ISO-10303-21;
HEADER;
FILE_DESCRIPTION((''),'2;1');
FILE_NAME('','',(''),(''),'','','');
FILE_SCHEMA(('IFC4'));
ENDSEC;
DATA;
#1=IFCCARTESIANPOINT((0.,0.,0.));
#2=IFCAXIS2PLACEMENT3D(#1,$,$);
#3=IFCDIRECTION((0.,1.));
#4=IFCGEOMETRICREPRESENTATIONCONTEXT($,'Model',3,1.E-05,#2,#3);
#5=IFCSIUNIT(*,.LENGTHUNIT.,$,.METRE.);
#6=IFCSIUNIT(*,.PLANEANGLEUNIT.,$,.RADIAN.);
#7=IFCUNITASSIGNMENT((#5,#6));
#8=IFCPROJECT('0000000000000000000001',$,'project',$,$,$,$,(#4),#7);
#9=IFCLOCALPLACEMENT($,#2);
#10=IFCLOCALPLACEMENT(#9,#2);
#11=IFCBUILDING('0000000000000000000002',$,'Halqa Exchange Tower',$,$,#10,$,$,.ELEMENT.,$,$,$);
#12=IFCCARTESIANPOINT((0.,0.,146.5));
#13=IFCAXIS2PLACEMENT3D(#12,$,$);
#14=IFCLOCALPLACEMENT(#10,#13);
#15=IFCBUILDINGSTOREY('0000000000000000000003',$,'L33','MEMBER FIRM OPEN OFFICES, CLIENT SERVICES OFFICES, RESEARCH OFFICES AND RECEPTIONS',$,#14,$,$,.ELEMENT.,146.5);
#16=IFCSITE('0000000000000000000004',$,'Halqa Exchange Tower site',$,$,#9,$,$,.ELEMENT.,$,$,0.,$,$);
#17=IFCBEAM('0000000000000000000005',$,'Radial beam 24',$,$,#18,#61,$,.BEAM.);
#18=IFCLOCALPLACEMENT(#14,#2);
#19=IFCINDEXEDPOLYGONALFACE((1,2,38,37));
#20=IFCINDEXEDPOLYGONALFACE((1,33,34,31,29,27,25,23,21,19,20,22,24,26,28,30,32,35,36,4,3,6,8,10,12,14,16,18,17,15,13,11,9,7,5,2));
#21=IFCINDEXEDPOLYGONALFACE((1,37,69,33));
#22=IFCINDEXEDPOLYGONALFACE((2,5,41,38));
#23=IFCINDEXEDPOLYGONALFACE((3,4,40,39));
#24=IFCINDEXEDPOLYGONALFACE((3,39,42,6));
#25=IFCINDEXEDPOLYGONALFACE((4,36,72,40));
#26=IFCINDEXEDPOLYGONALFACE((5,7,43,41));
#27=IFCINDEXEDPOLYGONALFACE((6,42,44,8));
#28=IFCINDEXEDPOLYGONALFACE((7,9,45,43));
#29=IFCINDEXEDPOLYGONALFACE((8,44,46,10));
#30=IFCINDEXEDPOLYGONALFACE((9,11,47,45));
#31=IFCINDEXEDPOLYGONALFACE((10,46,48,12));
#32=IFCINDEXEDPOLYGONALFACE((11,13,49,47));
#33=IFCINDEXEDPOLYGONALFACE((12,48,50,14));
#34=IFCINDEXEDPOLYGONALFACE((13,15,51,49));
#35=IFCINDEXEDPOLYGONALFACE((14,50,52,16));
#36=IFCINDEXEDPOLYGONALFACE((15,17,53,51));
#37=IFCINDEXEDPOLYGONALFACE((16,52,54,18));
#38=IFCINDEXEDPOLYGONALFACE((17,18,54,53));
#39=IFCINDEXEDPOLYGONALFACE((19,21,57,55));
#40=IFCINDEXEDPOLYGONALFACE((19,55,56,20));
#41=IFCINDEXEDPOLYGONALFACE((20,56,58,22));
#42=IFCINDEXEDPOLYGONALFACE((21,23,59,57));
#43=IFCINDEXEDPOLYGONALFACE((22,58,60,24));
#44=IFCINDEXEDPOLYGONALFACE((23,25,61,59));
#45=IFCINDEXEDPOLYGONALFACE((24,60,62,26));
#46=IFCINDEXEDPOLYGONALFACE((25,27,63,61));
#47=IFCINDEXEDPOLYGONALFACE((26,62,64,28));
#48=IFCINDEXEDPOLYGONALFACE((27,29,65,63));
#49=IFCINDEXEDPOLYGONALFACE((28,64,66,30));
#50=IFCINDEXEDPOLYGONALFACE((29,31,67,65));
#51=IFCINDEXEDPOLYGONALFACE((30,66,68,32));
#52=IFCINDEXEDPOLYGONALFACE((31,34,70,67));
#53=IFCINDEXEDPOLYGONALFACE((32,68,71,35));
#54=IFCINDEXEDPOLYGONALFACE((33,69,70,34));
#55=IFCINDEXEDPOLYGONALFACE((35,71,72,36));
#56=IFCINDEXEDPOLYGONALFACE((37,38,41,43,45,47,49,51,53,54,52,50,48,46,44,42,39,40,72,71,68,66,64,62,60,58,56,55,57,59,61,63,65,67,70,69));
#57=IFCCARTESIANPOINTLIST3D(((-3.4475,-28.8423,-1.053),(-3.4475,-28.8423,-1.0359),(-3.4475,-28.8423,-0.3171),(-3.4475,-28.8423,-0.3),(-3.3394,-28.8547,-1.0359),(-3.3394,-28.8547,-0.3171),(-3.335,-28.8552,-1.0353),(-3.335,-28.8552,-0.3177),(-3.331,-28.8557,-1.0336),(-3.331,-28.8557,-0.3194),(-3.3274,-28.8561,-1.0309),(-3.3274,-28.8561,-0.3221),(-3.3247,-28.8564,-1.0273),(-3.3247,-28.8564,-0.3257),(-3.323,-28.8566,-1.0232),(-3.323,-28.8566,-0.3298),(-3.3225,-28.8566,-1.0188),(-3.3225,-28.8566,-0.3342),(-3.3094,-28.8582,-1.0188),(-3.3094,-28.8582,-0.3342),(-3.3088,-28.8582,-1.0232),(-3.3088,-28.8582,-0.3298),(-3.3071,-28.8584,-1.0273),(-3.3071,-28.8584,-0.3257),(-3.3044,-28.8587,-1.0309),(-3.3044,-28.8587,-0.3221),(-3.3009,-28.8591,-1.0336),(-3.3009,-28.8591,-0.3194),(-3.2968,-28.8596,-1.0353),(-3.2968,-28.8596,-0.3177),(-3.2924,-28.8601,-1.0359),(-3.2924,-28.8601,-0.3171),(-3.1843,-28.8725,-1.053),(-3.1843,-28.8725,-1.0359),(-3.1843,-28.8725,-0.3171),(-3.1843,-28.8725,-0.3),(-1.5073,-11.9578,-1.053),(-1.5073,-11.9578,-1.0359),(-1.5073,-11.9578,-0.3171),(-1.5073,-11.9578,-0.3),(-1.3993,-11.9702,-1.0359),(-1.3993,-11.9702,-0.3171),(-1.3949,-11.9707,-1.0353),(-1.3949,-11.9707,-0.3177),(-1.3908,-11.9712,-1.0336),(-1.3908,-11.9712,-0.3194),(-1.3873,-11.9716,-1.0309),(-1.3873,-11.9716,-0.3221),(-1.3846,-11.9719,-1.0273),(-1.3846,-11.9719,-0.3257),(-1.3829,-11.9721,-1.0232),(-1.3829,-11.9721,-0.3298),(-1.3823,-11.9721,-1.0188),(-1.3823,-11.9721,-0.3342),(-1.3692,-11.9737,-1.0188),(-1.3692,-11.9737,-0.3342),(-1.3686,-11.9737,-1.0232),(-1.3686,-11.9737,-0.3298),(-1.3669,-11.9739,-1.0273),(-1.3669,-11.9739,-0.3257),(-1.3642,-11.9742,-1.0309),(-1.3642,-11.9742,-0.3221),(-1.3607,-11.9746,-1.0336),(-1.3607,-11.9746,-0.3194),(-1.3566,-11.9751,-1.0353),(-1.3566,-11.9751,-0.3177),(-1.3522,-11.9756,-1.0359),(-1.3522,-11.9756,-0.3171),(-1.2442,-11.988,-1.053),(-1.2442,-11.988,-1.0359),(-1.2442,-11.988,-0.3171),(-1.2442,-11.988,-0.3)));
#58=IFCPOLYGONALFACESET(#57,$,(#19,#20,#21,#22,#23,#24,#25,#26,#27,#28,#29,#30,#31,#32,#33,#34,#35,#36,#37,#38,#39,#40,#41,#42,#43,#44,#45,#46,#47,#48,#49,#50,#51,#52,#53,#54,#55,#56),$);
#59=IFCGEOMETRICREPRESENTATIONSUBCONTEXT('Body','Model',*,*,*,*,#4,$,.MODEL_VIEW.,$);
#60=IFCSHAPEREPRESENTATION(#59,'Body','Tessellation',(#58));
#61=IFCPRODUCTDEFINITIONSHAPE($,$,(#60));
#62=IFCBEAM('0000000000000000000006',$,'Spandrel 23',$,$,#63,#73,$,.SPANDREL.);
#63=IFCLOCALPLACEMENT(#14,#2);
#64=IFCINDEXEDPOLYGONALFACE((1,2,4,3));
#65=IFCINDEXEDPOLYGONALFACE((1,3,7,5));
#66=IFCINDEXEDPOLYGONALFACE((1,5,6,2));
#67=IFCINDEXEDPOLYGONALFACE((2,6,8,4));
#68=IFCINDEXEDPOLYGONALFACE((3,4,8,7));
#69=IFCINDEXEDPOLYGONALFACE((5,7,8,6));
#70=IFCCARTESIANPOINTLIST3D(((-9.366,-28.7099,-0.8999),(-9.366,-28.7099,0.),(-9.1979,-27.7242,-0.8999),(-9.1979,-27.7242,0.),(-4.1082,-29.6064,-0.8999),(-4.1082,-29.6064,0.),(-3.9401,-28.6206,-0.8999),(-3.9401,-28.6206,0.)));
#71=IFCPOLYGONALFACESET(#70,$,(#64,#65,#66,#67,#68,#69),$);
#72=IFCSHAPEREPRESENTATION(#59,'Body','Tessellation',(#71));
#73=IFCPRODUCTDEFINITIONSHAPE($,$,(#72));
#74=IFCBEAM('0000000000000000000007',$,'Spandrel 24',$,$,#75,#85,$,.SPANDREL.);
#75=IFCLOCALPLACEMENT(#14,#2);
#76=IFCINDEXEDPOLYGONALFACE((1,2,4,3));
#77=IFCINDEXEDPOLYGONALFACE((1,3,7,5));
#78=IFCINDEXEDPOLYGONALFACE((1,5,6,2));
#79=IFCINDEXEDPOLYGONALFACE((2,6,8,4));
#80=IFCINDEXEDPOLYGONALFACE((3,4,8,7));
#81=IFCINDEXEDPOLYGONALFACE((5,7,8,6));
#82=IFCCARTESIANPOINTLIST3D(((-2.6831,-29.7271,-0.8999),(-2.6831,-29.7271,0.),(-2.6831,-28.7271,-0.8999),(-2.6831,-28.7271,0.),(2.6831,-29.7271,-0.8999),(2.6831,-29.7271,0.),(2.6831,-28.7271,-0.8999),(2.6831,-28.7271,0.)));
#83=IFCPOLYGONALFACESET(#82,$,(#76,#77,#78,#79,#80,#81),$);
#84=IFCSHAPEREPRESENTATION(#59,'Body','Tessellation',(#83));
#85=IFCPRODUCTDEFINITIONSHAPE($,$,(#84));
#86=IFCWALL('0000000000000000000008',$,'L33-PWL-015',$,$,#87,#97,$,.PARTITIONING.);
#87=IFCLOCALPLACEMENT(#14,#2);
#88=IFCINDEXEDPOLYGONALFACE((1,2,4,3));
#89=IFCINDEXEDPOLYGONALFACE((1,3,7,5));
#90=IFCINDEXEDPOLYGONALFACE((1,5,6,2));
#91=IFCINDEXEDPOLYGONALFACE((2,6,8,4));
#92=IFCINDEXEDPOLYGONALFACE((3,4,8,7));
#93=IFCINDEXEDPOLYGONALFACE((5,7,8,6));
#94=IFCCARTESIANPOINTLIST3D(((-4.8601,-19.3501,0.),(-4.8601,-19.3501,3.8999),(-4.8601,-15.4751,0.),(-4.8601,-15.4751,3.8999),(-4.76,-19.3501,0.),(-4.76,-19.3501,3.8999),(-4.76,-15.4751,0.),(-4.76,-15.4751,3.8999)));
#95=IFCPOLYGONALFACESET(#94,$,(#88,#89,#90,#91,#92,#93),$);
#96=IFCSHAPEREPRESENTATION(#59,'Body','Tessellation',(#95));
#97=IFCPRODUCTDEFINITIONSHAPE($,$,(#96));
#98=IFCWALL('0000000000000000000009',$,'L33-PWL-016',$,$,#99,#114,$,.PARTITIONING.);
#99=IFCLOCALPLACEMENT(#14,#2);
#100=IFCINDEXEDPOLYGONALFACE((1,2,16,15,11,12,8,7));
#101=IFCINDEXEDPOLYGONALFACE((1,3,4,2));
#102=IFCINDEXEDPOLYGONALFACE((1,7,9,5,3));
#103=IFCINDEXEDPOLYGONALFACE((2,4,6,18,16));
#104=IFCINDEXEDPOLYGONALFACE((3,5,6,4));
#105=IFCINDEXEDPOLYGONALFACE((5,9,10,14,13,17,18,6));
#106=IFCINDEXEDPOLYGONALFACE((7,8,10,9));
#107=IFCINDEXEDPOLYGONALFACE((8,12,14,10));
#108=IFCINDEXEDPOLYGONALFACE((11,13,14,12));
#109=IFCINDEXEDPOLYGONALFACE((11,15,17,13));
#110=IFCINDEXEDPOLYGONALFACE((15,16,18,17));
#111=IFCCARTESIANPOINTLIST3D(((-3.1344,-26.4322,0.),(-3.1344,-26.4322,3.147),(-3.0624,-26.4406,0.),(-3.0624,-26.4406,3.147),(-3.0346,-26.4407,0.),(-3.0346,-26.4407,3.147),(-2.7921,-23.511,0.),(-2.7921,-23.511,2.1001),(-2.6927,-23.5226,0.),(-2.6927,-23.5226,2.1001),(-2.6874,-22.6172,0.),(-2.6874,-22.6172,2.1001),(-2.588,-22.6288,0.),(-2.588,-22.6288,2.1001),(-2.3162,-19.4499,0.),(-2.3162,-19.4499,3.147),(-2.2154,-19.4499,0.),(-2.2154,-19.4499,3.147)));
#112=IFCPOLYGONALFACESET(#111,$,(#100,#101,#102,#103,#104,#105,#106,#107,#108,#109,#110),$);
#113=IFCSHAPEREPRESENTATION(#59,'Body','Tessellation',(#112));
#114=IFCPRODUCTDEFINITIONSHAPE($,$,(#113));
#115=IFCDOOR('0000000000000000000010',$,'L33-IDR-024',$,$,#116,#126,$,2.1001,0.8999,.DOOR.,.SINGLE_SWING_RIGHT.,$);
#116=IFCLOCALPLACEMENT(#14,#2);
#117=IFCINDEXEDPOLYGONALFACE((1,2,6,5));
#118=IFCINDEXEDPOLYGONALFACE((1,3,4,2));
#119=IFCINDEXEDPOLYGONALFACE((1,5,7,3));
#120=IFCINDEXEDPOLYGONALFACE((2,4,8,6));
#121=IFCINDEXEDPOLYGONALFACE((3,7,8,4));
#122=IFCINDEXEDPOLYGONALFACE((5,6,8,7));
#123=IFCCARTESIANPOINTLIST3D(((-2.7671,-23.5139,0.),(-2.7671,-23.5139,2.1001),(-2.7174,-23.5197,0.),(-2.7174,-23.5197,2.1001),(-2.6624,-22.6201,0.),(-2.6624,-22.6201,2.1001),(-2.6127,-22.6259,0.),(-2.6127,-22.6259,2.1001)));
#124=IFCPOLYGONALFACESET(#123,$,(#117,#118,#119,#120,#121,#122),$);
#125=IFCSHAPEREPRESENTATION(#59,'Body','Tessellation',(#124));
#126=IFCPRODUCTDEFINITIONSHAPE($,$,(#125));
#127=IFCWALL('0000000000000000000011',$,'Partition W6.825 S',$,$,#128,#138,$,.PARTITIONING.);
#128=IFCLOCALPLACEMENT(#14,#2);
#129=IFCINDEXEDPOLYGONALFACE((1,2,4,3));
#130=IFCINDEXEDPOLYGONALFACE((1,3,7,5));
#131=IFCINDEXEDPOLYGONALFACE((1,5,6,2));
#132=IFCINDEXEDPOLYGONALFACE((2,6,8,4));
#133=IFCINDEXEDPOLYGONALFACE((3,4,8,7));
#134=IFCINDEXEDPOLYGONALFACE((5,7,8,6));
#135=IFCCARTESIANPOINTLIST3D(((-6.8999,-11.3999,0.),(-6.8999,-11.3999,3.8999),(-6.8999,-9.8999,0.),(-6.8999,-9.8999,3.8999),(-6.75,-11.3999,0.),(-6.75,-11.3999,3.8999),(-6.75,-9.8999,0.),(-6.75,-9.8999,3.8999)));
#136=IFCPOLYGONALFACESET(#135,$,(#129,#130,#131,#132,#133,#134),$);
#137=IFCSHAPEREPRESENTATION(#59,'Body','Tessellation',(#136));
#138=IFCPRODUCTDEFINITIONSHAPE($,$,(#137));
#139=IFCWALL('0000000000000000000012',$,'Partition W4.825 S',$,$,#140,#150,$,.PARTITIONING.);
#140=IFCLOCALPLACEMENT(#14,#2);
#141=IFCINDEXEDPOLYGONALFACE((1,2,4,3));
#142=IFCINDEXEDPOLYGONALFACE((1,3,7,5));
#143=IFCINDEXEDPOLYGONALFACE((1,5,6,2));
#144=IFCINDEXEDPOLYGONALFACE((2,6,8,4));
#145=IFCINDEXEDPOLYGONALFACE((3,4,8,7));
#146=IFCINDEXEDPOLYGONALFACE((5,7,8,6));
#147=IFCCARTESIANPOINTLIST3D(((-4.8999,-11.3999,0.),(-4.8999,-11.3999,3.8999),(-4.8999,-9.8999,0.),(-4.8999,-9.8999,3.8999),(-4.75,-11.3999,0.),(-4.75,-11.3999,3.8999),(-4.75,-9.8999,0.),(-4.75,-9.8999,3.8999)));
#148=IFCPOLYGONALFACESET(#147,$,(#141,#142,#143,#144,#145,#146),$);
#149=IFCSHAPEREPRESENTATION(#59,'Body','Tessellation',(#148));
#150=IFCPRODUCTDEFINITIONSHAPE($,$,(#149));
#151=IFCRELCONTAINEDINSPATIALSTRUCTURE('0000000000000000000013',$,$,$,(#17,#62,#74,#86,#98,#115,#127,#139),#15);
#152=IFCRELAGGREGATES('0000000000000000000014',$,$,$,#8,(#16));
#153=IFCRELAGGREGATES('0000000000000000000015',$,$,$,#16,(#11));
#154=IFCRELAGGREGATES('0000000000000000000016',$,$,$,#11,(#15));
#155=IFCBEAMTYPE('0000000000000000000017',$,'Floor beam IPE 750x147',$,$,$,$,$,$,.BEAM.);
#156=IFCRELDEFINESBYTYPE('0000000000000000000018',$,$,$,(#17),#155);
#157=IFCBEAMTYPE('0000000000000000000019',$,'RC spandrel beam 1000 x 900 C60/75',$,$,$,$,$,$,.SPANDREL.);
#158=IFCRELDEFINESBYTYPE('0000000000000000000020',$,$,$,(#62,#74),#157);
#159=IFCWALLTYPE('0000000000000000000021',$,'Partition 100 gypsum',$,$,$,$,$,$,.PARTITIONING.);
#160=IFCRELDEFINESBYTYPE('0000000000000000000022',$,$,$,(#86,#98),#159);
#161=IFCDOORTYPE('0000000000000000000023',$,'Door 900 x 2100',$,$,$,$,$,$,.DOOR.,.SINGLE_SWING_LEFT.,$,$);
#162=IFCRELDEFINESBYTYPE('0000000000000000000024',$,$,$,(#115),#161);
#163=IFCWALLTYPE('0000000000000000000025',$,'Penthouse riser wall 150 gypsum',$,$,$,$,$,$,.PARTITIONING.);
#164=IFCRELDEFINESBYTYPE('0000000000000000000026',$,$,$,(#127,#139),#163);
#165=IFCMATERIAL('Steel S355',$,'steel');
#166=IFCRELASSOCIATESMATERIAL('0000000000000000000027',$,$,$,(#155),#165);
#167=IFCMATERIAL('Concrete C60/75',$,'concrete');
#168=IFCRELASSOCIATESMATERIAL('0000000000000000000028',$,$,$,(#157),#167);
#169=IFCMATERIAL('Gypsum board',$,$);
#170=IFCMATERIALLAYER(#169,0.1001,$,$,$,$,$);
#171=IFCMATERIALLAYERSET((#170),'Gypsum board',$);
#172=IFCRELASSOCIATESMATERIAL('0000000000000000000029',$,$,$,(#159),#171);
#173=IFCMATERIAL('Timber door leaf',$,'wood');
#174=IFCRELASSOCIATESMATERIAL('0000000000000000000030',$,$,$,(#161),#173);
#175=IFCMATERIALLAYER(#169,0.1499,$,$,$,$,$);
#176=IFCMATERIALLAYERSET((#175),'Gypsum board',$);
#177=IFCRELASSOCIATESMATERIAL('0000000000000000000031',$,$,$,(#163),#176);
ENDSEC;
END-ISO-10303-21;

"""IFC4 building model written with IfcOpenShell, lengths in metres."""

from ifc_helpers import new_model, si_unit, direction, frame, frame_2d, origin, origin_2d, place, context, subcontext, project, spatial, polyline, rectangle, i_section, outline, extrude, material, layer, layer_set, material_profile, profile_set, type_object, element, fill, save


model = new_model("IFC4")

# Units and contexts
model_context = context("Model", 3, precision=1e-05, world=origin(), true_north=direction((0.0, 1.0)))
body_context = subcontext(model_context, "Body", "Model", "MODEL_VIEW")
ifc_project = project(units=[si_unit("LENGTHUNIT", "METRE"), si_unit("PLANEANGLEUNIT", "RADIAN")], contexts=[model_context])

# Site, building, storey
site_placement = place(None, origin())
site = spatial("IfcSite", under=ifc_project, at=site_placement, Name="Halqa Exchange Tower site", CompositionType="ELEMENT", RefElevation=0.0)
building_placement = place(site_placement, origin())
building = spatial("IfcBuilding", under=site, at=building_placement, Name="Halqa Exchange Tower", CompositionType="ELEMENT")
storey_placement = place(building_placement, frame((0.0, 0.0, 146.5)))
storey = spatial("IfcBuildingStorey", under=building, at=storey_placement, Name="L33", Description="MEMBER FIRM OPEN OFFICES, CLIENT SERVICES OFFICES, RESEARCH OFFICES AND RECEPTIONS", CompositionType="ELEMENT", Elevation=146.5)

# Beams
ifc_material_1 = material(Name="Steel S355", Category="steel")
ifc_material_profile_1 = material_profile(ifc_material_1, i_section(OverallWidth=0.2649, OverallDepth=0.7529, WebThickness=0.0132, FlangeThickness=0.0171, FilletRadius=0.0171, at=origin_2d()), Name="IPE 750x147")
ifc_profile_set_1 = profile_set([ifc_material_profile_1], Name="Steel S355")
beam_type_1 = type_object("IfcBeamType", Name="Floor beam IPE 750x147", PredefinedType="BEAM", material=ifc_profile_set_1)
beam_1_placement = place(storey_placement, frame((-1.3757, -11.9729, -0.6765), z_axis=(-0.114158, -0.993463, 0.0), x_axis=(0.993463, -0.114158, 0.0)))
element("IfcBeam", 1, at=beam_1_placement, inside=storey, type_object=beam_type_1, Name="Radial beam 24", PredefinedType="BEAM", context=body_context, shape_type="SweptSolid", body=[
    extrude(i_section(OverallWidth=0.2649, OverallDepth=0.7529, WebThickness=0.0132, FlangeThickness=0.0171, FilletRadius=0.0171, at=origin_2d()), origin(), (0.0, 0.0, 1.0), 16.9956),
])
ifc_material_2 = material(Name="Concrete C60/75", Category="concrete")
ifc_material_profile_2 = material_profile(ifc_material_2, rectangle(XDim=1.0, YDim=0.8999, at=origin_2d()), Name="1000 x 900")
ifc_profile_set_2 = profile_set([ifc_material_profile_2], Name="Concrete C60/75")
beam_type_2 = type_object("IfcBeamType", Name="RC spandrel beam 1000 x 900 C60/75", PredefinedType="SPANDREL", material=ifc_profile_set_2)
beam_2_placement = place(storey_placement, frame((-9.282, -28.217, -0.45), z_axis=(0.985773, -0.168079, 0.0), x_axis=(0.168079, 0.985773, 0.0)))
element("IfcBeam", 2, at=beam_2_placement, inside=storey, type_object=beam_type_2, Name="Spandrel 23", PredefinedType="SPANDREL", context=body_context, shape_type="SweptSolid", body=[
    extrude(rectangle(XDim=1.0, YDim=0.8999, at=origin_2d()), origin(), (0.0, 0.0, 1.0), 5.3337),
])
beam_3_placement = place(storey_placement, frame((-2.6831, -29.2271, -0.45), z_axis=(1.0, 0.0, 0.0), x_axis=(0.0, 1.0, 0.0)))
element("IfcBeam", 3, at=beam_3_placement, inside=storey, type_object=beam_type_2, Name="Spandrel 24", PredefinedType="SPANDREL", context=body_context, shape_type="SweptSolid", body=[
    extrude(rectangle(XDim=1.0, YDim=0.8999, at=origin_2d()), origin(), (0.0, 0.0, 1.0), 5.3662),
])

# Wall
ifc_material_3 = material(Name="Gypsum board")
ifc_layer_1 = layer(ifc_material_3, 0.1001)
ifc_layer_set_1 = layer_set([ifc_layer_1], Name="Gypsum board")
wall_type_1 = type_object("IfcWallType", Name="Partition 100 gypsum", PredefinedType="PARTITIONING", material=ifc_layer_set_1)
wall_1_placement = place(storey_placement, frame((-4.8101, -19.3501, 0.0), z_axis=(0.0, 0.0, 1.0), x_axis=(0.0, 1.0, 0.0)))
element("IfcWall", 4, at=wall_1_placement, inside=storey, type_object=wall_type_1, Name="L33-PWL-015", PredefinedType="PARTITIONING", context=body_context, shape_type="SweptSolid", body=[
    extrude(rectangle(XDim=3.875, YDim=0.1001, at=frame_2d((1.9375, 0.0))), origin(), (0.0, 0.0, 1.0), 3.8999),
])

# Wall, opening, door
wall_2_placement = place(storey_placement, frame((-2.2651, -19.4441, 0.0), z_axis=(0.0, 0.0, 1.0), x_axis=(-0.116389, -0.993204, 0.0)))
wall_2 = element("IfcWall", 5, at=wall_2_placement, inside=storey, type_object=wall_type_1, Name="L33-PWL-016", PredefinedType="PARTITIONING", context=body_context, shape_type="SweptSolid", body=[
    extrude(outline(polyline([(0.0117, -0.05), (1.7693, -0.05), (3.5269, -0.05), (5.2842, -0.05), (7.0417, -0.05), (7.0417, -0.0486), (7.0417, 0.0225), (7.0386, 0.05), (5.2788, 0.05), (3.5193, 0.05), (1.7598, 0.05), (0.0, 0.05), (0.0117, -0.05)])), origin(), (0.0, 0.0, 1.0), 3.147),
])
opening_1_placement = place(wall_2_placement, frame((3.2007, 0.0, 0.0)))
opening_1 = element("IfcOpeningElement", 6, at=opening_1_placement, cuts=wall_2, PredefinedType="OPENING", context=body_context, shape_type="SweptSolid", body=[
    extrude(rectangle(XDim=0.8999, YDim=2.1001, at=frame_2d((0.45, 1.05))), frame((0.0, 0.062, 0.0), z_axis=(0.0, -1.0, 0.0), x_axis=(1.0, 0.0, 0.0)), (0.0, 0.0, 1.0), 0.124),
])
ifc_material_4 = material(Name="Timber door leaf", Category="wood")
door_type_1 = type_object("IfcDoorType", Name="Door 900 x 2100", OperationType="SINGLE_SWING_LEFT", PredefinedType="DOOR", material=ifc_material_4)
door_1_placement = place(opening_1_placement, frame((0.8999, 0.0, 0.0), z_axis=(0.0, 0.0, 1.0), x_axis=(-1.0, 0.0, 0.0)))
door_1 = element("IfcDoor", 7, at=door_1_placement, inside=storey, type_object=door_type_1, Name="L33-IDR-024", OperationType="SINGLE_SWING_RIGHT", OverallHeight=2.1001, OverallWidth=0.8999, PredefinedType="DOOR", context=body_context, shape_type="SweptSolid", body=[
    extrude(rectangle(XDim=0.8999, YDim=2.1001, at=frame_2d((0.45, 1.05))), frame((0.0, 0.0249, 0.0), z_axis=(0.0, -1.0, 0.0), x_axis=(1.0, 0.0, 0.0)), (0.0, 0.0, 1.0), 0.05),
])
fill(opening_1, door_1)

# Walls
ifc_layer_2 = layer(ifc_material_3, 0.1499)
ifc_layer_set_2 = layer_set([ifc_layer_2], Name="Gypsum board")
wall_type_2 = type_object("IfcWallType", Name="Penthouse riser wall 150 gypsum", PredefinedType="PARTITIONING", material=ifc_layer_set_2)
for number, where, z_axis, x_axis, name in (
    (8, (-6.825, -11.3999, 0.0), (0.0, 0.0, 1.0), (0.0, 1.0, 0.0), "Partition W6.825 S"),
    (9, (-4.825, -11.3999, 0.0), (0.0, 0.0, 1.0), (0.0, 1.0, 0.0), "Partition W4.825 S"),
):
    element("IfcWall", number, at=place(storey_placement, frame(where, z_axis=z_axis, x_axis=x_axis)), inside=storey, type_object=wall_type_2, Name=name, PredefinedType="PARTITIONING", context=body_context, shape_type="SweptSolid", body=[
        extrude(rectangle(XDim=1.5, YDim=0.1499, at=frame_2d((0.75, 0.0))), origin(), (0.0, 0.0, 1.0), 3.8999),
    ])

save(model, "model.ifc")
